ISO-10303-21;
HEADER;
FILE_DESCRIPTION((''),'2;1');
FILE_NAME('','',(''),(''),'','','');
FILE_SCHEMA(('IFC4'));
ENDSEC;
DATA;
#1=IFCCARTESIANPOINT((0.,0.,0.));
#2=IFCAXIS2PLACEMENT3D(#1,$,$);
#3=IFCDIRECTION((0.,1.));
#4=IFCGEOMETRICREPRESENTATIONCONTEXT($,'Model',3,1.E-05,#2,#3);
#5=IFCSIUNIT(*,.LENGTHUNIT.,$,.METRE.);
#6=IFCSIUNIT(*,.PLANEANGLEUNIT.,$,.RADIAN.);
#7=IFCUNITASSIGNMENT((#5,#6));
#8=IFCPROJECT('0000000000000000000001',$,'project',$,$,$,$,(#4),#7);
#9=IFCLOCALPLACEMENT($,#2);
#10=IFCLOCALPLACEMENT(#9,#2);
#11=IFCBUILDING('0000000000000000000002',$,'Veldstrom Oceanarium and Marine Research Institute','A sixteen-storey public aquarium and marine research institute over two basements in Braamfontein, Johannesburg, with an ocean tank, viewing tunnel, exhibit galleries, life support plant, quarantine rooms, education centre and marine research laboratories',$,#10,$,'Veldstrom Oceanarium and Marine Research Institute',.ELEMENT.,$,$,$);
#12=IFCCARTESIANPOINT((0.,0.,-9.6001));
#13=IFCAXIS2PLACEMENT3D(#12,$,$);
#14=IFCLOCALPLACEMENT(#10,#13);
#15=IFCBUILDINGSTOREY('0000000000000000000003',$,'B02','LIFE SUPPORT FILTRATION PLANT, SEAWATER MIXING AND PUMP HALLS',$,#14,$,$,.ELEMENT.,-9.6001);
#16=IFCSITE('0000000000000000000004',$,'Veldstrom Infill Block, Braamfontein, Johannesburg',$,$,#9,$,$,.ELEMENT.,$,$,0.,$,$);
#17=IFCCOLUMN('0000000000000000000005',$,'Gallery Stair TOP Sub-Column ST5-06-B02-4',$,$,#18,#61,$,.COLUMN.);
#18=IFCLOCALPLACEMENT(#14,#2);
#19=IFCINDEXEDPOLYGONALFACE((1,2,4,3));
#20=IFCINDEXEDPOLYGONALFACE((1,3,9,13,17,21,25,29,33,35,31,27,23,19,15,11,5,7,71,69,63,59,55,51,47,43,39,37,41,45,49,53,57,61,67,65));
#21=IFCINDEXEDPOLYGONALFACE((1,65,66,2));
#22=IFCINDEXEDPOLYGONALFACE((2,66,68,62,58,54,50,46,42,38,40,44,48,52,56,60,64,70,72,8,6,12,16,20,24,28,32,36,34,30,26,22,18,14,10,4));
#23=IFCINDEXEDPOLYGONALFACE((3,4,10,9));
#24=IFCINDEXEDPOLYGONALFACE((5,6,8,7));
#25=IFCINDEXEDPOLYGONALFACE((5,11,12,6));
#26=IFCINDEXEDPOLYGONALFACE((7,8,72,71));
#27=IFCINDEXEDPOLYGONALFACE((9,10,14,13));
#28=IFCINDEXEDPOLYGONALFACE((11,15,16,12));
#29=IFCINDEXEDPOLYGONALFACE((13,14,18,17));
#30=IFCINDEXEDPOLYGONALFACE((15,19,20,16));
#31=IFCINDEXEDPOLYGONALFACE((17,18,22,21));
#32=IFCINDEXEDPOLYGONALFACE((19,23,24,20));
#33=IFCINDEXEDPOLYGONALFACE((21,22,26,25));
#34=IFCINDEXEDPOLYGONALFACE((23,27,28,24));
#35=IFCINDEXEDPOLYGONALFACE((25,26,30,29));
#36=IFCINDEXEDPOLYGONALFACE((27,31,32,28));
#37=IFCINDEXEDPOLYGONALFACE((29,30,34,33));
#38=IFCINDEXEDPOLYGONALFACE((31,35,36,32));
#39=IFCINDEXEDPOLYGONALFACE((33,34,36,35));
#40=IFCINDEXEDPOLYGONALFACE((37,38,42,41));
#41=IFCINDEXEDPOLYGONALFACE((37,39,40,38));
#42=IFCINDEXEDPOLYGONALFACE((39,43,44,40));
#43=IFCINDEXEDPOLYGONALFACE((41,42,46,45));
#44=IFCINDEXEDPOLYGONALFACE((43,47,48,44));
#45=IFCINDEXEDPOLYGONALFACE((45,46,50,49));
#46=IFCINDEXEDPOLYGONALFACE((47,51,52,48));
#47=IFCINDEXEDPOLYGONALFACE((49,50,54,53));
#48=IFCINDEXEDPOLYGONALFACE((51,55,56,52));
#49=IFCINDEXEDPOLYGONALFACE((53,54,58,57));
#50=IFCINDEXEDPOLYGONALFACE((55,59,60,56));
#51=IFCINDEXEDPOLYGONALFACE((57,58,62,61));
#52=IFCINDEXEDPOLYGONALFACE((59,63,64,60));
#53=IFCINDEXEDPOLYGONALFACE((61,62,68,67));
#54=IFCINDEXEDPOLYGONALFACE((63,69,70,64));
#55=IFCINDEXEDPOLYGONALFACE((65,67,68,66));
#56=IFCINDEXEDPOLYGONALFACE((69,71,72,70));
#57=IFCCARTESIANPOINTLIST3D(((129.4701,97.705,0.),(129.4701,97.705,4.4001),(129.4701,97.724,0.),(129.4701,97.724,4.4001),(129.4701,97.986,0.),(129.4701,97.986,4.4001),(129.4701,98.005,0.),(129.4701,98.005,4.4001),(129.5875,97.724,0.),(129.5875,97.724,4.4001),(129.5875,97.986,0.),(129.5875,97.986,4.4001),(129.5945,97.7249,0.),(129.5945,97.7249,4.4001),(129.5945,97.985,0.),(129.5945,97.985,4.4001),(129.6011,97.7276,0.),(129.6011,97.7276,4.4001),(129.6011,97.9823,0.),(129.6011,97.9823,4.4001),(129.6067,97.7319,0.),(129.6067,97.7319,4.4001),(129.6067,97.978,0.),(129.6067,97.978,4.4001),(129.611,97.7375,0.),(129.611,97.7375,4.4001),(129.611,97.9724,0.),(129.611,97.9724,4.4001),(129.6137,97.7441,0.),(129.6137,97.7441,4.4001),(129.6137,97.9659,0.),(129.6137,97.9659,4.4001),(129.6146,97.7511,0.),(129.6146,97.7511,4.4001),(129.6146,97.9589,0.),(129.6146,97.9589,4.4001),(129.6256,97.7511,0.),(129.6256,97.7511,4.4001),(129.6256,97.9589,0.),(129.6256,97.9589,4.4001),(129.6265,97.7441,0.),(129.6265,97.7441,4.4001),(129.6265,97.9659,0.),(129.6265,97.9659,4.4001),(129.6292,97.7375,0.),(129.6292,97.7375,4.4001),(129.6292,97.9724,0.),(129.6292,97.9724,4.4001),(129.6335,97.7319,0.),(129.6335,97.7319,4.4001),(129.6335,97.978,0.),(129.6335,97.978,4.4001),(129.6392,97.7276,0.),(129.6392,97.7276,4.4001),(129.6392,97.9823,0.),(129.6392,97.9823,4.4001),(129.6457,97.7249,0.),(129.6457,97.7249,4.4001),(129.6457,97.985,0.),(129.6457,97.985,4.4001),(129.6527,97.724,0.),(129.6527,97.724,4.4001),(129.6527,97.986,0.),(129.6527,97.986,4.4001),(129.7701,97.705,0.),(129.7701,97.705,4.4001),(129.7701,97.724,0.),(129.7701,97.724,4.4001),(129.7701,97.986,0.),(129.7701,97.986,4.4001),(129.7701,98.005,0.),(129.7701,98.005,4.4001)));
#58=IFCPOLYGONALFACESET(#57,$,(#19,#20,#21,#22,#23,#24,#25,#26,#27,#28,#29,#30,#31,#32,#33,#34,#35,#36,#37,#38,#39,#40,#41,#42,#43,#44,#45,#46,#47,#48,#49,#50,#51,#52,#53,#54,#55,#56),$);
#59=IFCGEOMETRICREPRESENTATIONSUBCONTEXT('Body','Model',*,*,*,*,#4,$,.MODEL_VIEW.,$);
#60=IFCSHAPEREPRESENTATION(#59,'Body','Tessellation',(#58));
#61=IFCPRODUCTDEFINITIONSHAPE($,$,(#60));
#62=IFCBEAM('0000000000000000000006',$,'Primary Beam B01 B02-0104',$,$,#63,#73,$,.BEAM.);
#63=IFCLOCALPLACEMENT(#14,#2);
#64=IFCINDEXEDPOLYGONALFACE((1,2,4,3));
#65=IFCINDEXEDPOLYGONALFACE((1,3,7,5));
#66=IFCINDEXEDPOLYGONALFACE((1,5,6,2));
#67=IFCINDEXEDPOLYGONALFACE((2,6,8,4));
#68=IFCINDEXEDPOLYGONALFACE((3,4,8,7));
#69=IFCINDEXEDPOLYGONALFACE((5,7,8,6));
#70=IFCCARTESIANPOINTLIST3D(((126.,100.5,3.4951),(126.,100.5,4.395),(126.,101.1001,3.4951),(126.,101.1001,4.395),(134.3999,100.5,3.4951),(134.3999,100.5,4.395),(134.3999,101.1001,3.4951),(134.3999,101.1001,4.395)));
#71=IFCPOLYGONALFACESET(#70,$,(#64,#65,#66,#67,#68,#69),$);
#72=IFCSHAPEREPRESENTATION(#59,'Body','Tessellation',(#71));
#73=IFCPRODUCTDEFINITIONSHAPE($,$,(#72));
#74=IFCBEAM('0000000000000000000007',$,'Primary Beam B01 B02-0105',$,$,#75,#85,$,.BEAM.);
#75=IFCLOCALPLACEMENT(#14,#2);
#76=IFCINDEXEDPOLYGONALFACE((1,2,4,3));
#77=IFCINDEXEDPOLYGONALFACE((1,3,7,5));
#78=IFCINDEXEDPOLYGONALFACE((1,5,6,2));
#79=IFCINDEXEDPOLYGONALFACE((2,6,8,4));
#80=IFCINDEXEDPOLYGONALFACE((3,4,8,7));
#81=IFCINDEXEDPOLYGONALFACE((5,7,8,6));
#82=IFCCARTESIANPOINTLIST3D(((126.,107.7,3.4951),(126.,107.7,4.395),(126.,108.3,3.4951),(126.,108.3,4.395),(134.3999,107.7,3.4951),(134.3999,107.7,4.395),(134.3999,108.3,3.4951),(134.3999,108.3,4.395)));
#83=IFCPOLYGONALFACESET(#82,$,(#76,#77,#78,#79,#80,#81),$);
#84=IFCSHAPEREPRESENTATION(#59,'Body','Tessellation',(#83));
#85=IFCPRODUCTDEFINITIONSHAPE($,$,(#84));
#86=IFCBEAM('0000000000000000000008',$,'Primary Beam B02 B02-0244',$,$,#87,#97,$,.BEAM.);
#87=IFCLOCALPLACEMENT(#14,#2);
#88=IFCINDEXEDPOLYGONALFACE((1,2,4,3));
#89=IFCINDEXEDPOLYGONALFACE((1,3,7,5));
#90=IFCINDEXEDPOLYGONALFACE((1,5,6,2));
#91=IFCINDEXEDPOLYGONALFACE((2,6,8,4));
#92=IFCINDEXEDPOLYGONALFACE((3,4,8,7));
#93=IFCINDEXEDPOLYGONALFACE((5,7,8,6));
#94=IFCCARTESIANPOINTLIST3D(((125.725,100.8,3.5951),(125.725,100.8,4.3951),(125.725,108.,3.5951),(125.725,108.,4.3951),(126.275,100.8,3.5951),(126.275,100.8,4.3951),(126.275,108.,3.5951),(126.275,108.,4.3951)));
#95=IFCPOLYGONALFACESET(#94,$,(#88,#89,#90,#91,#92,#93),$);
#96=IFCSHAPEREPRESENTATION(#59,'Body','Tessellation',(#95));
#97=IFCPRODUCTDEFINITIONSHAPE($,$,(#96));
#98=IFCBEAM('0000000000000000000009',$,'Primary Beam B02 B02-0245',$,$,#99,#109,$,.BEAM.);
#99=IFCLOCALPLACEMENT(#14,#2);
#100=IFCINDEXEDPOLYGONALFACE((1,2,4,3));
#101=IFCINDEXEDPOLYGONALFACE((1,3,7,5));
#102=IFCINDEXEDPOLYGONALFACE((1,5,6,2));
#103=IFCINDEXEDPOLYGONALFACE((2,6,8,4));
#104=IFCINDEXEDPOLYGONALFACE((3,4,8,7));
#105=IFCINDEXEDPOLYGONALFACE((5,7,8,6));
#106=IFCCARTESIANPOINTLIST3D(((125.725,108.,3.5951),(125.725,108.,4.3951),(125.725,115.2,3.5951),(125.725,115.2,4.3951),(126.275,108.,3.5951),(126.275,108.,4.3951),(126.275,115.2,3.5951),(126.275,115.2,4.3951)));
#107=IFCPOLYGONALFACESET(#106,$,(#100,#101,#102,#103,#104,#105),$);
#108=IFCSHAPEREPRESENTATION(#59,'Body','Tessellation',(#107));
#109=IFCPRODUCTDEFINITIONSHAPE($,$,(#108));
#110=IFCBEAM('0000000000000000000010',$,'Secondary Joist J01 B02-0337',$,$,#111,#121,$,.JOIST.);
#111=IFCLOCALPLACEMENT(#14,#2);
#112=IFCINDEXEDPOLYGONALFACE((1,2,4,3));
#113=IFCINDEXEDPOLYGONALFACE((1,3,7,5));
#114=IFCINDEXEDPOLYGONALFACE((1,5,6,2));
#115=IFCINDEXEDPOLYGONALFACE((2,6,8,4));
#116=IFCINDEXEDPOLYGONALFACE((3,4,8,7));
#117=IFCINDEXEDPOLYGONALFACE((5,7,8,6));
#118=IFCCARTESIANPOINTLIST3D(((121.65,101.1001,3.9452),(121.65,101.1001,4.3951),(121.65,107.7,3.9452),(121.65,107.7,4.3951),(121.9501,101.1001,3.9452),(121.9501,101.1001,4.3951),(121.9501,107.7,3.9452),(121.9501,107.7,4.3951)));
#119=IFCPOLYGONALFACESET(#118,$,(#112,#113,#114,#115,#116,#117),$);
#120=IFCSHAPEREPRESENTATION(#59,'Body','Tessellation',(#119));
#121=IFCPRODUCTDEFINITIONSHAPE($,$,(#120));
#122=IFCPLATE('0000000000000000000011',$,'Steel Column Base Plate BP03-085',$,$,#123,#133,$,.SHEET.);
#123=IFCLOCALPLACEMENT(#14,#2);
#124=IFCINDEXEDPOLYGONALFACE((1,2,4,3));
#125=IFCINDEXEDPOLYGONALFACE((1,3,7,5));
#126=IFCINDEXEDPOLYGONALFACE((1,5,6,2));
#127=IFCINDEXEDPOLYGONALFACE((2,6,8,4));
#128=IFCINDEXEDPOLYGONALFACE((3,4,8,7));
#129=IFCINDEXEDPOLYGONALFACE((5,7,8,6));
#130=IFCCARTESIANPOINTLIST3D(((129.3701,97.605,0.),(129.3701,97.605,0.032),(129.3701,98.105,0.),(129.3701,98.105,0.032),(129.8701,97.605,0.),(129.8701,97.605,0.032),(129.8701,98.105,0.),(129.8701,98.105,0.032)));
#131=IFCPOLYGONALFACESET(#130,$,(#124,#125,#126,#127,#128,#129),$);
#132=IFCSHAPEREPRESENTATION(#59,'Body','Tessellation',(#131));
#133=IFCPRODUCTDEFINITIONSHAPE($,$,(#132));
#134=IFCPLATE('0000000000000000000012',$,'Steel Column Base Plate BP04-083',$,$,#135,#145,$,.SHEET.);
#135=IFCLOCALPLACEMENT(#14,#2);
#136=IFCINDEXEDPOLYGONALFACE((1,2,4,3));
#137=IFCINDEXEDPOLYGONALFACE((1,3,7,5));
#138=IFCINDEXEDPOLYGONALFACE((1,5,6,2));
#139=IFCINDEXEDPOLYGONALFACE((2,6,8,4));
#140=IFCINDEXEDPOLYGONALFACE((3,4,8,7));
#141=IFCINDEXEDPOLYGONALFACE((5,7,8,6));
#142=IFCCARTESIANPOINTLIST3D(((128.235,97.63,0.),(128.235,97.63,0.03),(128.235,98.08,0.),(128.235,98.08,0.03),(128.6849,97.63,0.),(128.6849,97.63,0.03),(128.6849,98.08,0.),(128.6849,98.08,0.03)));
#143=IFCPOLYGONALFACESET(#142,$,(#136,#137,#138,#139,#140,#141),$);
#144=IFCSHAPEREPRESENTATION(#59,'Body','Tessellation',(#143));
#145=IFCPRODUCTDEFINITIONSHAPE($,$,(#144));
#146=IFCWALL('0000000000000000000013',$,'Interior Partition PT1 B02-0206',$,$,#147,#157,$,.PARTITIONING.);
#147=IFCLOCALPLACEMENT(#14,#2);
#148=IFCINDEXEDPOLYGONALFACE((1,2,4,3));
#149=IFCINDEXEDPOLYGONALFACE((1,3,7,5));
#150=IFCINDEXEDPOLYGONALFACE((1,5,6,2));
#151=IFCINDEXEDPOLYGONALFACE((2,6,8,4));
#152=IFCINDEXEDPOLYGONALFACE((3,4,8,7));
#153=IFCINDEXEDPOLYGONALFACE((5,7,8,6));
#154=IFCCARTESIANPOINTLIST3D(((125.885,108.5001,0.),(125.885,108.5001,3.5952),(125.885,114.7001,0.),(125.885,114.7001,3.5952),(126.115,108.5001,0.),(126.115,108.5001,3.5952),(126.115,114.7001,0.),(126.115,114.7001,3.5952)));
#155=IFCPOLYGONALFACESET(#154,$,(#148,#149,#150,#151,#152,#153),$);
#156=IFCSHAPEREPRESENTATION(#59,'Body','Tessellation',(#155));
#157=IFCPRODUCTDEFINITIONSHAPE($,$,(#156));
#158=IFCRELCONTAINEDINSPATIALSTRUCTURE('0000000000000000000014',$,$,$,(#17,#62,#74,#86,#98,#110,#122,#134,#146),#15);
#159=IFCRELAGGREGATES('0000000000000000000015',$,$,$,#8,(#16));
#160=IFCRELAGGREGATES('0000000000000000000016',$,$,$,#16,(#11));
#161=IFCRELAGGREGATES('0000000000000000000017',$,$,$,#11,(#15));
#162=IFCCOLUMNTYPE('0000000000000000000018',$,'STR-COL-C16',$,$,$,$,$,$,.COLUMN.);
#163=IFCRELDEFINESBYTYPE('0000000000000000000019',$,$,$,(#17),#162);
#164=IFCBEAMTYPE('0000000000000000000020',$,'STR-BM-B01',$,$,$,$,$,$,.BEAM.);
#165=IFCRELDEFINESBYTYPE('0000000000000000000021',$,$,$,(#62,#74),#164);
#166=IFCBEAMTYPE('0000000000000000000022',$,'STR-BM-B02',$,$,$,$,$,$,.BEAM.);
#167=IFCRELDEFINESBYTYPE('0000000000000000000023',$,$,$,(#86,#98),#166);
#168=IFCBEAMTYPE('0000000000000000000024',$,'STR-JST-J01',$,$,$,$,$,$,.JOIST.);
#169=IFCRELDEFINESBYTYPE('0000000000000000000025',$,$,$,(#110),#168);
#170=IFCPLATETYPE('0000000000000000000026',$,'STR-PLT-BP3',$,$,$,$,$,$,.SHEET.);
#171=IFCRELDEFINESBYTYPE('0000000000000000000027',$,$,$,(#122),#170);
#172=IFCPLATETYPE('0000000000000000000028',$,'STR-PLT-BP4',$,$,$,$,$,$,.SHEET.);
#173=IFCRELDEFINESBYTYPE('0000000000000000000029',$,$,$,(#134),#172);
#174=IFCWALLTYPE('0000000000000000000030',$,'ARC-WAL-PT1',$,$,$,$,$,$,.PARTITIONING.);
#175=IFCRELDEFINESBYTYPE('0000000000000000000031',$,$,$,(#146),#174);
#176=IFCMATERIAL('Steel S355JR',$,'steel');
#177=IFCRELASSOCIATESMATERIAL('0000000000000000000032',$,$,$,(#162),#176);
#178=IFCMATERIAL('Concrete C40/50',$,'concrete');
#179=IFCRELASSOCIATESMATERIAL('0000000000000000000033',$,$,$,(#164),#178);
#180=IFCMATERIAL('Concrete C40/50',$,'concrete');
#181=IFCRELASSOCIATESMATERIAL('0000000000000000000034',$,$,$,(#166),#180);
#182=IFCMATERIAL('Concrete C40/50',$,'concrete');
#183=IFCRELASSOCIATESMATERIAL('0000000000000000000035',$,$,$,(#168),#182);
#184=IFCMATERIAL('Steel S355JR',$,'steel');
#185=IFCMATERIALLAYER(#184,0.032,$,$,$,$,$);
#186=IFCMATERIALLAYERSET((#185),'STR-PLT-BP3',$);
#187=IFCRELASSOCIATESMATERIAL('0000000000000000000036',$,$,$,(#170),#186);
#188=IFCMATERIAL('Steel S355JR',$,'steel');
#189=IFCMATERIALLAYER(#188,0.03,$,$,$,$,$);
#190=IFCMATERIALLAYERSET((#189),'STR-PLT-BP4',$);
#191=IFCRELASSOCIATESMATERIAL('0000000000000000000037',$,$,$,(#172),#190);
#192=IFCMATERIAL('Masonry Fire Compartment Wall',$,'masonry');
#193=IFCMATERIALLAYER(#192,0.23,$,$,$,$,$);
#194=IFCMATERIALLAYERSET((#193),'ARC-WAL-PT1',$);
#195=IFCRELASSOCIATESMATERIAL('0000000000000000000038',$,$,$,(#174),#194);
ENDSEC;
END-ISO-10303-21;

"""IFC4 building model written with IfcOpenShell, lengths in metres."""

from ifc_helpers import new_model, si_unit, direction, frame, frame_2d, origin, origin_2d, place, context, subcontext, project, spatial, rectangle, i_section, extrude, material, layer, layer_set, material_profile, profile_set, type_object, element, save


model = new_model("IFC4")

# Units and contexts
model_context = context("Model", 3, precision=1e-05, world=origin(), true_north=direction((0.0, 1.0)))
body_context = subcontext(model_context, "Body", "Model", "MODEL_VIEW")
ifc_project = project(units=[si_unit("LENGTHUNIT", "METRE"), si_unit("PLANEANGLEUNIT", "RADIAN")], contexts=[model_context])

# Site, building, storey
site_placement = place(None, origin())
site = spatial("IfcSite", under=ifc_project, at=site_placement, Name="Veldstrom Infill Block, Braamfontein, Johannesburg", CompositionType="ELEMENT", RefElevation=0.0)
building_placement = place(site_placement, origin())
building = spatial("IfcBuilding", under=site, at=building_placement, Name="Veldstrom Oceanarium and Marine Research Institute", Description="A sixteen-storey public aquarium and marine research institute over two basements in Braamfontein, Johannesburg, with an ocean tank, viewing tunnel, exhibit galleries, life support plant, quarantine rooms, education centre and marine research laboratories", LongName="Veldstrom Oceanarium and Marine Research Institute", CompositionType="ELEMENT")
storey_placement = place(building_placement, frame((0.0, 0.0, -9.6001)))
storey = spatial("IfcBuildingStorey", under=building, at=storey_placement, Name="B02", Description="LIFE SUPPORT FILTRATION PLANT, SEAWATER MIXING AND PUMP HALLS", CompositionType="ELEMENT", Elevation=-9.6001)

# Column
ifc_material_1 = material(Name="Steel S355JR", Category="steel")
ifc_material_profile_1 = material_profile(ifc_material_1, i_section(OverallWidth=0.3, OverallDepth=0.3, WebThickness=0.011, FlangeThickness=0.019, FilletRadius=0.0271, at=origin_2d()), Name="HEB 300")
ifc_profile_set_1 = profile_set([ifc_material_profile_1], Name="Steel S355JR")
column_type_1 = type_object("IfcColumnType", Name="STR-COL-C16", PredefinedType="COLUMN", material=ifc_profile_set_1)
column_placement = place(storey_placement, frame((129.6201, 97.855, 0.0), z_axis=(0.0, 0.0, 1.0), x_axis=(1.0, 0.0, 0.0)))
element("IfcColumn", 1, at=column_placement, inside=storey, type_object=column_type_1, Name="Gallery Stair TOP Sub-Column ST5-06-B02-4", PredefinedType="COLUMN", context=body_context, shape_type="SweptSolid", body=[
    extrude(i_section(OverallWidth=0.3, OverallDepth=0.3, WebThickness=0.011, FlangeThickness=0.019, FilletRadius=0.0271, at=origin_2d()), origin(), (0.0, 0.0, 1.0), 4.4001),
])

# Beams
ifc_material_2 = material(Name="Concrete C40/50", Category="concrete")
ifc_material_profile_2 = material_profile(ifc_material_2, rectangle(XDim=0.6001, YDim=0.8999, at=origin_2d()), Name="RC-BM-600x900")
ifc_profile_set_2 = profile_set([ifc_material_profile_2], Name="Concrete C40/50")
beam_type_1 = type_object("IfcBeamType", Name="STR-BM-B01", PredefinedType="BEAM", material=ifc_profile_set_2)
for number, where, z_axis, x_axis, name in (
    (2, (126.0, 100.8, 3.9451), (1.0, 0.0, 0.0), (0.0, 1.0, 0.0), "Primary Beam B01 B02-0104"),
    (3, (126.0, 108.0, 3.9451), (1.0, 0.0, 0.0), (0.0, 1.0, 0.0), "Primary Beam B01 B02-0105"),
):
    element("IfcBeam", number, at=place(storey_placement, frame(where, z_axis=z_axis, x_axis=x_axis)), inside=storey, type_object=beam_type_1, Name=name, PredefinedType="BEAM", context=body_context, shape_type="SweptSolid", body=[
        extrude(rectangle(XDim=0.6001, YDim=0.8999, at=origin_2d()), origin(), (0.0, 0.0, 1.0), 8.3999),
    ])
ifc_material_3 = material(Name="Concrete C40/50", Category="concrete")
ifc_material_profile_3 = material_profile(ifc_material_3, rectangle(XDim=0.55, YDim=0.8, at=origin_2d()), Name="RC-BM-550x800")
ifc_profile_set_3 = profile_set([ifc_material_profile_3], Name="Concrete C40/50")
beam_type_2 = type_object("IfcBeamType", Name="STR-BM-B02", PredefinedType="BEAM", material=ifc_profile_set_3)
for number, where, z_axis, x_axis, name in (
    (4, (126.0, 100.8, 3.9951), (0.0, 1.0, 0.0), (-1.0, 0.0, 0.0), "Primary Beam B02 B02-0244"),
    (5, (126.0, 108.0, 3.9951), (0.0, 1.0, 0.0), (-1.0, 0.0, 0.0), "Primary Beam B02 B02-0245"),
):
    element("IfcBeam", number, at=place(storey_placement, frame(where, z_axis=z_axis, x_axis=x_axis)), inside=storey, type_object=beam_type_2, Name=name, PredefinedType="BEAM", context=body_context, shape_type="SweptSolid", body=[
        extrude(rectangle(XDim=0.55, YDim=0.8, at=origin_2d()), origin(), (0.0, 0.0, 1.0), 7.2),
    ])
ifc_material_4 = material(Name="Concrete C40/50", Category="concrete")
ifc_material_profile_4 = material_profile(ifc_material_4, rectangle(XDim=0.3, YDim=0.45, at=origin_2d()), Name="RC-JST-300x450")
ifc_profile_set_4 = profile_set([ifc_material_profile_4], Name="Concrete C40/50")
beam_type_3 = type_object("IfcBeamType", Name="STR-JST-J01", PredefinedType="JOIST", material=ifc_profile_set_4)
beam_placement = place(storey_placement, frame((121.8, 101.1001, 4.1702), z_axis=(0.0, 1.0, 0.0), x_axis=(-1.0, 0.0, 0.0)))
element("IfcBeam", 6, at=beam_placement, inside=storey, type_object=beam_type_3, Name="Secondary Joist J01 B02-0337", PredefinedType="JOIST", context=body_context, shape_type="SweptSolid", body=[
    extrude(rectangle(XDim=0.3, YDim=0.45, at=origin_2d()), origin(), (0.0, 0.0, 1.0), 6.5999),
])

# Plates
ifc_material_5 = material(Name="Steel S355JR", Category="steel")
ifc_layer_1 = layer(ifc_material_5, 0.032)
ifc_layer_set_1 = layer_set([ifc_layer_1], Name="STR-PLT-BP3")
plate_type_1 = type_object("IfcPlateType", Name="STR-PLT-BP3", PredefinedType="SHEET", material=ifc_layer_set_1)
plate_1_placement = place(storey_placement, frame((129.6201, 97.855, 0.0), z_axis=(0.0, 0.0, 1.0), x_axis=(1.0, 0.0, 0.0)))
element("IfcPlate", 7, at=plate_1_placement, inside=storey, type_object=plate_type_1, Name="Steel Column Base Plate BP03-085", PredefinedType="SHEET", context=body_context, shape_type="SweptSolid", body=[
    extrude(rectangle(XDim=0.5, YDim=0.5, at=origin_2d()), origin(), (0.0, 0.0, 1.0), 0.032),
])
ifc_material_6 = material(Name="Steel S355JR", Category="steel")
ifc_layer_2 = layer(ifc_material_6, 0.03)
ifc_layer_set_2 = layer_set([ifc_layer_2], Name="STR-PLT-BP4")
plate_type_2 = type_object("IfcPlateType", Name="STR-PLT-BP4", PredefinedType="SHEET", material=ifc_layer_set_2)
plate_2_placement = place(storey_placement, frame((128.46, 97.855, 0.0), z_axis=(0.0, 0.0, 1.0), x_axis=(1.0, 0.0, 0.0)))
element("IfcPlate", 8, at=plate_2_placement, inside=storey, type_object=plate_type_2, Name="Steel Column Base Plate BP04-083", PredefinedType="SHEET", context=body_context, shape_type="SweptSolid", body=[
    extrude(rectangle(XDim=0.45, YDim=0.45, at=origin_2d()), origin(), (0.0, 0.0, 1.0), 0.03),
])

# Wall
ifc_material_7 = material(Name="Masonry Fire Compartment Wall", Category="masonry")
ifc_layer_3 = layer(ifc_material_7, 0.23)
ifc_layer_set_3 = layer_set([ifc_layer_3], Name="ARC-WAL-PT1")
wall_type_1 = type_object("IfcWallType", Name="ARC-WAL-PT1", PredefinedType="PARTITIONING", material=ifc_layer_set_3)
wall_1_placement = place(storey_placement, frame((126.0, 108.5, 0.0), z_axis=(0.0, 0.0, 1.0), x_axis=(0.0, 1.0, 0.0)))
element("IfcWall", 9, at=wall_1_placement, inside=storey, type_object=wall_type_1, Name="Interior Partition PT1 B02-0206", PredefinedType="PARTITIONING", context=body_context, shape_type="SweptSolid", body=[
    extrude(rectangle(XDim=6.2, YDim=0.23, at=frame_2d((3.1001, 0.0))), origin(), (0.0, 0.0, 1.0), 3.5952),
])

save(model, "model.ifc")
